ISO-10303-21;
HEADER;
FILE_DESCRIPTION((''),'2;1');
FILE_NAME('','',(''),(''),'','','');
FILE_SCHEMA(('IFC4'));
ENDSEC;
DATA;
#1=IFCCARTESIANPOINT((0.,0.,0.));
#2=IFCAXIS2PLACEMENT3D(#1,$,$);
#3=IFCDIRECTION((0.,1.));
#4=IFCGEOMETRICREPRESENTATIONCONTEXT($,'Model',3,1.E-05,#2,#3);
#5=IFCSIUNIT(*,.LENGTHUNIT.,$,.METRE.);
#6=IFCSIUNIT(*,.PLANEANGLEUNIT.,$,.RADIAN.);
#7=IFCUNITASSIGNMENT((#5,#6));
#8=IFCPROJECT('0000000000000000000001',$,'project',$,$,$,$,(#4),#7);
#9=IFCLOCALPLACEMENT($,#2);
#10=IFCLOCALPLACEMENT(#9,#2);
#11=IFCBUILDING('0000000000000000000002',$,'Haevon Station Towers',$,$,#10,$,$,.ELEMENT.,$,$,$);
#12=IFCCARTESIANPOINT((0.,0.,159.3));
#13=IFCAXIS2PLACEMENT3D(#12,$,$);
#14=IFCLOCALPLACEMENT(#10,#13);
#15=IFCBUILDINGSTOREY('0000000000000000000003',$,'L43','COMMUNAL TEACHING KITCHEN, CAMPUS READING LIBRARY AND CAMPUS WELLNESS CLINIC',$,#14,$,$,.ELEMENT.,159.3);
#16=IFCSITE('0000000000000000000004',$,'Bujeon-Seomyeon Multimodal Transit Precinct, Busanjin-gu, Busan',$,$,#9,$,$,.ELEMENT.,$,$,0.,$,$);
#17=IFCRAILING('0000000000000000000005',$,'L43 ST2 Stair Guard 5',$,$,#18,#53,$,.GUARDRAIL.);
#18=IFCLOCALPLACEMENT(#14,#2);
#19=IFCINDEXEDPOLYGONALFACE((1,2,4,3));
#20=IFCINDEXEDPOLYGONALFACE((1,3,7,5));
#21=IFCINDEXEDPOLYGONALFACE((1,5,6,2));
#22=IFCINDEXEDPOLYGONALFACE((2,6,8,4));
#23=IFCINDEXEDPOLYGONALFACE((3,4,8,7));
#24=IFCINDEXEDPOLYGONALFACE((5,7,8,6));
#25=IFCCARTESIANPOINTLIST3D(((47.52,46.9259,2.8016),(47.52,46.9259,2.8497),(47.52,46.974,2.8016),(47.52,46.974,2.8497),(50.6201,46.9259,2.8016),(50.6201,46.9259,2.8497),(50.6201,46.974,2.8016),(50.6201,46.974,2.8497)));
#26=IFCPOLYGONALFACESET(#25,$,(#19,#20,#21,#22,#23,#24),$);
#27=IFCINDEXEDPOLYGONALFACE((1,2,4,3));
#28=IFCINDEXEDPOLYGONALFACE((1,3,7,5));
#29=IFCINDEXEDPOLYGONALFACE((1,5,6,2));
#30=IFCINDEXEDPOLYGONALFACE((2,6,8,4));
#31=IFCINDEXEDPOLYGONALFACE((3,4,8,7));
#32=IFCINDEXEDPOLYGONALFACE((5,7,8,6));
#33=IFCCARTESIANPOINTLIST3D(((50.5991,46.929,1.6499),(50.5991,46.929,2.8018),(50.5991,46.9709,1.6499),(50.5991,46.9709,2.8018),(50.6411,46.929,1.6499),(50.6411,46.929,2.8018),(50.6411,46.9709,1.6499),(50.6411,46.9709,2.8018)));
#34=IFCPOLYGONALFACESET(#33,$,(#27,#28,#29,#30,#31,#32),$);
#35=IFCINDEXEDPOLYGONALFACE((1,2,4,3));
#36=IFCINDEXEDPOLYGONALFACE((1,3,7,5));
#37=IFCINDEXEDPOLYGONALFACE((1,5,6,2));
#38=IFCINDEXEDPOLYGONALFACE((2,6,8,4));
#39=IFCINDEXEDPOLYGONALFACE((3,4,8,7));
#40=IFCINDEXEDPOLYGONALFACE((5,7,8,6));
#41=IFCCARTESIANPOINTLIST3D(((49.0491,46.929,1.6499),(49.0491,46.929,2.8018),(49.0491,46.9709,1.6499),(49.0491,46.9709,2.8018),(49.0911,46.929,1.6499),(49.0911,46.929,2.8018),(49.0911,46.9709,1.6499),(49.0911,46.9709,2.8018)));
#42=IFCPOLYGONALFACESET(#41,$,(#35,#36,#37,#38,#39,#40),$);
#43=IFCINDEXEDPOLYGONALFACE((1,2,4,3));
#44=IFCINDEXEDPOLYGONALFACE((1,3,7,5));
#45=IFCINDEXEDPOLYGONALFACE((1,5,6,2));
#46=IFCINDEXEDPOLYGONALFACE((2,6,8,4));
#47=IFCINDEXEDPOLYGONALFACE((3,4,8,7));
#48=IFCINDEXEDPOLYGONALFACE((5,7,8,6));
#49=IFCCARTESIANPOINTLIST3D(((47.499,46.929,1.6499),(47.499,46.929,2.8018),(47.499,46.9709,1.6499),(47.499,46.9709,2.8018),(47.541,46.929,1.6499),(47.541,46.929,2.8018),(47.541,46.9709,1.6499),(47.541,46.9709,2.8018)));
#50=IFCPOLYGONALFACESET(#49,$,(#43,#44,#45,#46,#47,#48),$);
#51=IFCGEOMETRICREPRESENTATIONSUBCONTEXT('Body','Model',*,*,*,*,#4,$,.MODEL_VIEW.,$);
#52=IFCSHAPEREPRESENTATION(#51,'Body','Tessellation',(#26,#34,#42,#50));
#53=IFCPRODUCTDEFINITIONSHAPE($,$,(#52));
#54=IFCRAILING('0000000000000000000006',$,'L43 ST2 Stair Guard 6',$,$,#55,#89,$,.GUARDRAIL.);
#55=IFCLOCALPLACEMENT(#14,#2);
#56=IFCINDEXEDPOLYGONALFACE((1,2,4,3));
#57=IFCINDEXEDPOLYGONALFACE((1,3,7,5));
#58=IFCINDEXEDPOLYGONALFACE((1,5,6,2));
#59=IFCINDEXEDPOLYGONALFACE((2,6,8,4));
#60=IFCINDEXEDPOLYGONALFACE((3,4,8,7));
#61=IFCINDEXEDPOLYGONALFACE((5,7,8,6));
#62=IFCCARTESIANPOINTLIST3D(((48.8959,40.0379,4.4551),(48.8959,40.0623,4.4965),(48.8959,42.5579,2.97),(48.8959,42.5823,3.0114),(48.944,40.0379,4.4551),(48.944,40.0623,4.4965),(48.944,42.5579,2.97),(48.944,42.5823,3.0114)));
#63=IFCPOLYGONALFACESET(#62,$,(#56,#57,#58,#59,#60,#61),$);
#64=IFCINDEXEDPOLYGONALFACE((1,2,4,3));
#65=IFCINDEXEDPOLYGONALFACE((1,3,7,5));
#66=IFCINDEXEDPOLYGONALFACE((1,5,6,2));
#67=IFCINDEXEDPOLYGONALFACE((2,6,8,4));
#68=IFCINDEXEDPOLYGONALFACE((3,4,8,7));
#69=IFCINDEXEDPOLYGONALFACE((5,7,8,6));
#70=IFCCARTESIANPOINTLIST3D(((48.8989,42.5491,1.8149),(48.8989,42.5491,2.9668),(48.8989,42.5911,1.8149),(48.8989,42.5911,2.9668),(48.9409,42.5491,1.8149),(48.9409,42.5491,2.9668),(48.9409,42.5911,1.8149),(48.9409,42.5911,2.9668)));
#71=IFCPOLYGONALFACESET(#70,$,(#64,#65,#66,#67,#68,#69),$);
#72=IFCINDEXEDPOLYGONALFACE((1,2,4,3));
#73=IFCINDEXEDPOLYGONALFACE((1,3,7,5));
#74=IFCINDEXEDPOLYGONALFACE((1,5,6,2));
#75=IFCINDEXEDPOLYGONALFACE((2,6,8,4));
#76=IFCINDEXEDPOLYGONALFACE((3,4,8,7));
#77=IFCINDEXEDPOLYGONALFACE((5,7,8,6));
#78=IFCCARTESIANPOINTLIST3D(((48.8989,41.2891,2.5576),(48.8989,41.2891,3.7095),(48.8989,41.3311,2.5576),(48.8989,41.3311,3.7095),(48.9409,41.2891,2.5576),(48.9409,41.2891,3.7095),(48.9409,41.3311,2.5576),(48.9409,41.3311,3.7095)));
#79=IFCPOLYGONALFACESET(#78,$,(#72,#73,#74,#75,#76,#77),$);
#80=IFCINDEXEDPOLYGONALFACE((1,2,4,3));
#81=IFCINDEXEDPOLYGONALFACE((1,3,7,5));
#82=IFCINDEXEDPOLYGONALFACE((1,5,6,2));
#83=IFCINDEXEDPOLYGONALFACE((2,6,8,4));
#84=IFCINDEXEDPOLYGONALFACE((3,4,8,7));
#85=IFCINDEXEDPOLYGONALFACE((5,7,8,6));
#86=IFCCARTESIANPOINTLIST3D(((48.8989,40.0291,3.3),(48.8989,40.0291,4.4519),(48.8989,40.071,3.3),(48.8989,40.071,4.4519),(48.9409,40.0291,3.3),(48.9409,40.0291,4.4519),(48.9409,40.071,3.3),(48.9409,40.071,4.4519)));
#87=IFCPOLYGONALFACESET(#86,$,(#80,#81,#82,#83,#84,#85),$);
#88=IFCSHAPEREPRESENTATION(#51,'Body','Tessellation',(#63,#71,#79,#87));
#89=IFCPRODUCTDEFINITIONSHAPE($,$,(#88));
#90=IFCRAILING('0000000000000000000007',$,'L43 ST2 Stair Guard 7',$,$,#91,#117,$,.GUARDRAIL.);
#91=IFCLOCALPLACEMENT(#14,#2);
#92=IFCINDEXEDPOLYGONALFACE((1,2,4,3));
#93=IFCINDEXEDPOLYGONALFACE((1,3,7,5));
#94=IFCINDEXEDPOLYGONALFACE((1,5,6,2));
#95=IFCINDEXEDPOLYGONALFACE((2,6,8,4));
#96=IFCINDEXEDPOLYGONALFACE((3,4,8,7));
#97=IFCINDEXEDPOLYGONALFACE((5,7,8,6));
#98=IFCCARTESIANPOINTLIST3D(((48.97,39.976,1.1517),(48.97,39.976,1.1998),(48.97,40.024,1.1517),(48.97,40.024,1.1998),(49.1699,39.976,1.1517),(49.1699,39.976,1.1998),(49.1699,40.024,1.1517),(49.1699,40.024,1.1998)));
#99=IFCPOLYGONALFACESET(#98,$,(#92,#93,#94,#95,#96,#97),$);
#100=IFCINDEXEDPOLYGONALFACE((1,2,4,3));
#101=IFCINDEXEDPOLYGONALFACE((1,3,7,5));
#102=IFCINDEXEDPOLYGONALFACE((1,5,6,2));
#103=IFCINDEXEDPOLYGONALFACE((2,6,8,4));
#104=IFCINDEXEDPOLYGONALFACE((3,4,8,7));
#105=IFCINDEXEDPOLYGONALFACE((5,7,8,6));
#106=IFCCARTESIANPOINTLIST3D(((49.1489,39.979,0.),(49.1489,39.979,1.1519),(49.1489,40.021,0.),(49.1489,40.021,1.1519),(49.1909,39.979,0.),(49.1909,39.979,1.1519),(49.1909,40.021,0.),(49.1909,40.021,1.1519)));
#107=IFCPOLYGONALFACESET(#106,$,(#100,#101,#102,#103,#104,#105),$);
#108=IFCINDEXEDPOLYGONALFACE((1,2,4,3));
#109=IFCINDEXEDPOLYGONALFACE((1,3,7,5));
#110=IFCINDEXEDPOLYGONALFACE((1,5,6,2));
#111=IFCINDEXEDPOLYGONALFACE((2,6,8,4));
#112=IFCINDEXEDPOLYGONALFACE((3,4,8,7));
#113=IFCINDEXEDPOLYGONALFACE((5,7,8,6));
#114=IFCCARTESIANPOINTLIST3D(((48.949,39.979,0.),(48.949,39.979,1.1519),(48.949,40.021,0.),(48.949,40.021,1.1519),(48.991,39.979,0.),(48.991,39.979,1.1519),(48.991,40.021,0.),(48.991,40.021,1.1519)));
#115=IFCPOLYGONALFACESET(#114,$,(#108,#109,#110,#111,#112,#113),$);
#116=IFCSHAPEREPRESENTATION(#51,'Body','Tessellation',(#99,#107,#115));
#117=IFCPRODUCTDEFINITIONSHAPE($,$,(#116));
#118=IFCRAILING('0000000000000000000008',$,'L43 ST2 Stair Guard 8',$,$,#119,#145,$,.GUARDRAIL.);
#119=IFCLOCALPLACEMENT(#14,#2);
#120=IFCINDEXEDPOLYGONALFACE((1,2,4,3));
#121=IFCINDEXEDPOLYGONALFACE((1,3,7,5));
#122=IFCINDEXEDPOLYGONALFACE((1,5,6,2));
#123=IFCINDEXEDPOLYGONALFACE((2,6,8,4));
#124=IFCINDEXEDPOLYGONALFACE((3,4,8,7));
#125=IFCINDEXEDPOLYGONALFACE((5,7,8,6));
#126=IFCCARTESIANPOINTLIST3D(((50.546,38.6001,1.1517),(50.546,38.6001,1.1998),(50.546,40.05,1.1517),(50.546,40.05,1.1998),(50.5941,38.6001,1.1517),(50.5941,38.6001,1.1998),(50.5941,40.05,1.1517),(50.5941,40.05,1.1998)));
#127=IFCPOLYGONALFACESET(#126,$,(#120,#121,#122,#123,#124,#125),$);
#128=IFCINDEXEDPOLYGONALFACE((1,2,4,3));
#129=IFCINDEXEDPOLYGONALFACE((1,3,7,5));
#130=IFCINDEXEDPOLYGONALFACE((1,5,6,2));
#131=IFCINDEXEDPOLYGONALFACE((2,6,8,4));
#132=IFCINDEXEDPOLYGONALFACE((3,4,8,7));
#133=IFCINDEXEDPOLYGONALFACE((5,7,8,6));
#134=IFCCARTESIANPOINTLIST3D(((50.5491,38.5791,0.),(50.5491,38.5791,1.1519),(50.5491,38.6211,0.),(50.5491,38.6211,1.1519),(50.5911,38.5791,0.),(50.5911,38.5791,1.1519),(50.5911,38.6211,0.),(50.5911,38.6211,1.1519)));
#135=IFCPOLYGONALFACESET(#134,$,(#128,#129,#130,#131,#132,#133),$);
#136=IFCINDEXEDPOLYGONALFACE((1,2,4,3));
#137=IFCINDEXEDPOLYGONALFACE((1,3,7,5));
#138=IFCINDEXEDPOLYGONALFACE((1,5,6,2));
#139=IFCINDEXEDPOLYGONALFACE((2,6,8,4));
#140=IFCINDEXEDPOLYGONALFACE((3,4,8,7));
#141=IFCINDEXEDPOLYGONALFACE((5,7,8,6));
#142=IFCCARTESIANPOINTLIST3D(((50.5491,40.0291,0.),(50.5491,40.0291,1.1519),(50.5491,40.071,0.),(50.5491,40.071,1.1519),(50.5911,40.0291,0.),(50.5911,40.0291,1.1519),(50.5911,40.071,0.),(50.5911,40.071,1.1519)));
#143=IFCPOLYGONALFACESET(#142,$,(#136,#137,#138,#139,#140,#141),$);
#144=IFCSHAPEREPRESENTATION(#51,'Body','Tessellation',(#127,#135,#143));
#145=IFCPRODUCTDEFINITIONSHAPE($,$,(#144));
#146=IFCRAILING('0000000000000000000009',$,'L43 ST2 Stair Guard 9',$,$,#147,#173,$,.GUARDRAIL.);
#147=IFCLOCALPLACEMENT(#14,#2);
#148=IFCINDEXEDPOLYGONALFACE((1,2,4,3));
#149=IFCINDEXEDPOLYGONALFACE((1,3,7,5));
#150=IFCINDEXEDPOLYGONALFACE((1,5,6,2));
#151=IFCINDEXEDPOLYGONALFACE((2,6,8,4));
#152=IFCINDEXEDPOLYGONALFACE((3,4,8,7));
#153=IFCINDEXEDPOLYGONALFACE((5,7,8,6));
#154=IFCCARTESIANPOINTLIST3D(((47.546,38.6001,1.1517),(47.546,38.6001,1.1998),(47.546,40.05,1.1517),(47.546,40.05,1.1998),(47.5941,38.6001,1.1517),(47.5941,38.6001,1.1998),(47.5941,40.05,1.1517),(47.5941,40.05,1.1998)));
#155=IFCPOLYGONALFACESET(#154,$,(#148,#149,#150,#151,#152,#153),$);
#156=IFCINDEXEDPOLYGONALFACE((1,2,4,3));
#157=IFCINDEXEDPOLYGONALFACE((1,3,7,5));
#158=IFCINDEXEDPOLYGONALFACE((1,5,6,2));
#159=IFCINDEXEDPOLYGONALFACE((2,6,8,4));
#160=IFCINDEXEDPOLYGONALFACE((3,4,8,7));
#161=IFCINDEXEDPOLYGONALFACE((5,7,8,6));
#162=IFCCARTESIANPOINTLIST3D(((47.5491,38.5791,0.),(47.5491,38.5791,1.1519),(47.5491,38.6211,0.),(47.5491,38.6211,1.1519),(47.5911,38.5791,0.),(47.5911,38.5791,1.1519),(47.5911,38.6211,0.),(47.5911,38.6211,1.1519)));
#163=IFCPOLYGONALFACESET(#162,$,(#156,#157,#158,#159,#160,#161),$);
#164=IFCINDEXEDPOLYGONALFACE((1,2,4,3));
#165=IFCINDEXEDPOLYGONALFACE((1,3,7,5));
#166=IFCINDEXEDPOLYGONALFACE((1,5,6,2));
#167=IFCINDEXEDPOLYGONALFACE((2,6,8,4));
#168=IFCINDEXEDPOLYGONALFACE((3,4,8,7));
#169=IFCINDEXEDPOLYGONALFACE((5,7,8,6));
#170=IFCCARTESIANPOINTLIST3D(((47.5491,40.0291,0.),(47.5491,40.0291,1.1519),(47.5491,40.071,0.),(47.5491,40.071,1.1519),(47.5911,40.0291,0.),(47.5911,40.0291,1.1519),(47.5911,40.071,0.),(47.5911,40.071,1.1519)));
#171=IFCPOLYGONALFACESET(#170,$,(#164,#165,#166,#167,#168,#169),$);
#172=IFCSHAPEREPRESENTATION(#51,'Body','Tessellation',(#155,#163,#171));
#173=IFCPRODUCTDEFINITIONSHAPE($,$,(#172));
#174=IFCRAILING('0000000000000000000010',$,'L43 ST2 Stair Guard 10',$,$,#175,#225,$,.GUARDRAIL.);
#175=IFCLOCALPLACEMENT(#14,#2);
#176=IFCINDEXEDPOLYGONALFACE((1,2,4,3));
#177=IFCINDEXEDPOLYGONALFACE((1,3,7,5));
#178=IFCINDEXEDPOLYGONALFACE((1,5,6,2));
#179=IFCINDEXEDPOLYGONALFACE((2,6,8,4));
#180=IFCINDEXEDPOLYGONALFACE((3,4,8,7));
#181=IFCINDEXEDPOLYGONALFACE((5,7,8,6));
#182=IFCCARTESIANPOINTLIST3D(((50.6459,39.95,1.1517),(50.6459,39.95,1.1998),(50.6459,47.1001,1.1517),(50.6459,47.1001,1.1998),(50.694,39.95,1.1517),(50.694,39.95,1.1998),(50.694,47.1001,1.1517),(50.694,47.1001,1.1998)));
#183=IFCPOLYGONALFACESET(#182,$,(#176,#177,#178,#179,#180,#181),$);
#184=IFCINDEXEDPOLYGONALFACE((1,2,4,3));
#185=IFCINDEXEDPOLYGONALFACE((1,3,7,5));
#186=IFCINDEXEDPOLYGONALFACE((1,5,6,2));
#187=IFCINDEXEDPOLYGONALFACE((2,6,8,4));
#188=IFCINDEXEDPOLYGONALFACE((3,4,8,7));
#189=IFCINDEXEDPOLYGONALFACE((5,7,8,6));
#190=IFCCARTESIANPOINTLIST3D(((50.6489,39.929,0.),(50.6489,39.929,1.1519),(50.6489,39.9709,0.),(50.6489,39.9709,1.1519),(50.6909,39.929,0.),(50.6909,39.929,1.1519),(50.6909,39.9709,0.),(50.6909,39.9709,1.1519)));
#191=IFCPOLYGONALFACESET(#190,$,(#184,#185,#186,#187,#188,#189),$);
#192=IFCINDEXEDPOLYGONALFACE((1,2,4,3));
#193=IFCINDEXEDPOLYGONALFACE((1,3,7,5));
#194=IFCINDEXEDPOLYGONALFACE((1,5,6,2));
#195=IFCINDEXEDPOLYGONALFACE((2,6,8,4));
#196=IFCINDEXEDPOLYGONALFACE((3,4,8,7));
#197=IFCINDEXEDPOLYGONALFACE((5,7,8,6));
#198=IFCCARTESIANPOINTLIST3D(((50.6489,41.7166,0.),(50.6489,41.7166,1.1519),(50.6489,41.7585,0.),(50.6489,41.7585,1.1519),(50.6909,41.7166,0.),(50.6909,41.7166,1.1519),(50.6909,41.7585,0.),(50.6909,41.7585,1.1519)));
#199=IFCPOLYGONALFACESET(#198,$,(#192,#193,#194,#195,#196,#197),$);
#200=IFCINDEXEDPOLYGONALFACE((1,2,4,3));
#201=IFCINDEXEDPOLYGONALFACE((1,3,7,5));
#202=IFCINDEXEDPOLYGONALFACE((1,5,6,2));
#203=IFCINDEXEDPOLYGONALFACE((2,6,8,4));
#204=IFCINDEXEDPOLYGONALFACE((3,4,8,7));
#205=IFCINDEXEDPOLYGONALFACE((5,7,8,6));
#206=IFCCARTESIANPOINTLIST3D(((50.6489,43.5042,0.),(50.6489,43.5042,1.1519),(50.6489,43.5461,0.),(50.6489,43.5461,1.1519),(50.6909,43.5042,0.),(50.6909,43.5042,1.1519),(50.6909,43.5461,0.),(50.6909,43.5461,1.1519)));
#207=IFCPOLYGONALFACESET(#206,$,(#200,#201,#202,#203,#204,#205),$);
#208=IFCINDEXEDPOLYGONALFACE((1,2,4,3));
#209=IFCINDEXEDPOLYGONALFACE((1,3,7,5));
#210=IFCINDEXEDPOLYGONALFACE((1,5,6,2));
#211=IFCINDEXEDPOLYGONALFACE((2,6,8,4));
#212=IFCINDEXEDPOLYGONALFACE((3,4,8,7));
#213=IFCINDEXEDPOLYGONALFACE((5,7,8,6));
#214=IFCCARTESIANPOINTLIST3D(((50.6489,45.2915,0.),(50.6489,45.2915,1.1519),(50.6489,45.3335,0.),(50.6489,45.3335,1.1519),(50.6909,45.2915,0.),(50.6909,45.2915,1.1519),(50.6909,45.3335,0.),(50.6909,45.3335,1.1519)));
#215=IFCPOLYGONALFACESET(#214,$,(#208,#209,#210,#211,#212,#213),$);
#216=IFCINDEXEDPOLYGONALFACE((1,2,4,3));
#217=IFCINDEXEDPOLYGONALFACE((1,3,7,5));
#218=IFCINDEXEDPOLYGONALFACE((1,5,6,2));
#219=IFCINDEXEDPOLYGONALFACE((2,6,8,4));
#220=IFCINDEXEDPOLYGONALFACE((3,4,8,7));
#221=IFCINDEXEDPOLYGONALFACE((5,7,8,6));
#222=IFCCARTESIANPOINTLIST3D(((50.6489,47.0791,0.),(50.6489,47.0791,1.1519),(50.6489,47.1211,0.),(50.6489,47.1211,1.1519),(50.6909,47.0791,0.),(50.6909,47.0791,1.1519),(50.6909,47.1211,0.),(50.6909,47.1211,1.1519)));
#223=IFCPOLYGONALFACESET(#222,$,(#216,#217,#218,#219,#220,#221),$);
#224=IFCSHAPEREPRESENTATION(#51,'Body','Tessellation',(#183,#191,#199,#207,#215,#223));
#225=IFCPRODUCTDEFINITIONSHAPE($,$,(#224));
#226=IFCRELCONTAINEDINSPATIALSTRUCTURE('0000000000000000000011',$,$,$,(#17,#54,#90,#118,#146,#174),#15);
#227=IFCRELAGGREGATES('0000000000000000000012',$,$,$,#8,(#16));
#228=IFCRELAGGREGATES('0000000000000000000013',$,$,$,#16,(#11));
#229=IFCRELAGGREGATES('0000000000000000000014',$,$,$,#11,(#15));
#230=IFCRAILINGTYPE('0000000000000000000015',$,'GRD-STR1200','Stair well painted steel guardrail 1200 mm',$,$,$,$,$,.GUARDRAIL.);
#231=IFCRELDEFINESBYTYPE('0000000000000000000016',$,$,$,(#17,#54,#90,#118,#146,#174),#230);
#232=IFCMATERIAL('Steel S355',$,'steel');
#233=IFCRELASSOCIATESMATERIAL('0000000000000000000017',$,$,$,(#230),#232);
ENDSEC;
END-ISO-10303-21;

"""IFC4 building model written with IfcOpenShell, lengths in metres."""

from ifc_helpers import new_model, si_unit, direction, frame, origin, origin_2d, place, context, subcontext, project, spatial, rectangle, extrude, material, type_object, element, save


model = new_model("IFC4")

# Units and contexts
model_context = context("Model", 3, precision=1e-05, world=origin(), true_north=direction((0.0, 1.0)))
body_context = subcontext(model_context, "Body", "Model", "MODEL_VIEW")
ifc_project = project(units=[si_unit("LENGTHUNIT", "METRE"), si_unit("PLANEANGLEUNIT", "RADIAN")], contexts=[model_context])

# Site, building, storey
site_placement = place(None, origin())
site = spatial("IfcSite", under=ifc_project, at=site_placement, Name="Bujeon-Seomyeon Multimodal Transit Precinct, Busanjin-gu, Busan", CompositionType="ELEMENT", RefElevation=0.0)
building_placement = place(site_placement, origin())
building = spatial("IfcBuilding", under=site, at=building_placement, Name="Haevon Station Towers", CompositionType="ELEMENT")
storey_placement = place(building_placement, frame((0.0, 0.0, 159.3)))
storey = spatial("IfcBuildingStorey", under=building, at=storey_placement, Name="L43", Description="COMMUNAL TEACHING KITCHEN, CAMPUS READING LIBRARY AND CAMPUS WELLNESS CLINIC", CompositionType="ELEMENT", Elevation=159.3)

# Shared definitions
ifc_material_1 = material(Name="Steel S355", Category="steel")

# Railings
railing_type_1 = type_object("IfcRailingType", Name="GRD-STR1200", Description="Stair well painted steel guardrail 1200 mm", PredefinedType="GUARDRAIL", material=ifc_material_1)
railing_1_placement = place(storey_placement, frame((50.6201, 46.95, 1.6499)))
element("IfcRailing", 1, at=railing_1_placement, inside=storey, type_object=railing_type_1, Name="L43 ST2 Stair Guard 5", PredefinedType="GUARDRAIL", context=body_context, shape_type="SweptSolid", body=[
    extrude(rectangle(XDim=0.0481, YDim=0.0481, at=origin_2d()), frame((0.0, 0.0, 1.1758), z_axis=(-1.0, 0.0, 0.0), x_axis=(0.0, -1.0, 0.0)), (0.0, 0.0, 1.0), 3.1001),
    extrude(rectangle(XDim=0.042, YDim=0.042, at=origin_2d()), origin(), (0.0, 0.0, 1.0), 1.1519),
    extrude(rectangle(XDim=0.042, YDim=0.042, at=origin_2d()), frame((-1.55, 0.0, 0.0)), (0.0, 0.0, 1.0), 1.1519),
    extrude(rectangle(XDim=0.042, YDim=0.042, at=origin_2d()), frame((-3.1001, 0.0, 0.0)), (0.0, 0.0, 1.0), 1.1519),
])
railing_2_placement = place(storey_placement, frame((48.9199, 42.5701, 1.8149)))
element("IfcRailing", 2, at=railing_2_placement, inside=storey, type_object=railing_type_1, Name="L43 ST2 Stair Guard 6", PredefinedType="GUARDRAIL", context=body_context, shape_type="SweptSolid", body=[
    extrude(rectangle(XDim=0.0481, YDim=0.0481, at=origin_2d()), frame((0.0, 0.0, 1.1758), z_axis=(0.0, -0.861524, 0.507717), x_axis=(1.0, 0.0, 0.0)), (0.0, 0.0, 1.0), 2.925),
    extrude(rectangle(XDim=0.042, YDim=0.042, at=origin_2d()), origin(), (0.0, 0.0, 1.0), 1.1519),
    extrude(rectangle(XDim=0.042, YDim=0.042, at=origin_2d()), frame((0.0, -1.26, 0.7427)), (0.0, 0.0, 1.0), 1.1519),
    extrude(rectangle(XDim=0.042, YDim=0.042, at=origin_2d()), frame((0.0, -2.52, 1.4851)), (0.0, 0.0, 1.0), 1.1519),
])
railing_3_placement = place(storey_placement, frame((49.1699, 40.0, 0.0)))
element("IfcRailing", 3, at=railing_3_placement, inside=storey, type_object=railing_type_1, Name="L43 ST2 Stair Guard 7", PredefinedType="GUARDRAIL", context=body_context, shape_type="SweptSolid", body=[
    extrude(rectangle(XDim=0.0481, YDim=0.0481, at=origin_2d()), frame((0.0, 0.0, 1.1758), z_axis=(-1.0, 0.0, 0.0), x_axis=(0.0, -1.0, 0.0)), (0.0, 0.0, 1.0), 0.2),
    extrude(rectangle(XDim=0.042, YDim=0.042, at=origin_2d()), origin(), (0.0, 0.0, 1.0), 1.1519),
    extrude(rectangle(XDim=0.042, YDim=0.042, at=origin_2d()), frame((-0.2, 0.0, 0.0)), (0.0, 0.0, 1.0), 1.1519),
])
for number, where, name in (
    (4, (50.5701, 38.6001, 0.0), "L43 ST2 Stair Guard 8"),
    (5, (47.5701, 38.6001, 0.0), "L43 ST2 Stair Guard 9"),
):
    element("IfcRailing", number, at=place(storey_placement, frame(where)), inside=storey, type_object=railing_type_1, Name=name, PredefinedType="GUARDRAIL", context=body_context, shape_type="SweptSolid", body=[
        extrude(rectangle(XDim=0.0481, YDim=0.0481, at=origin_2d()), frame((0.0, 0.0, 1.1758), z_axis=(0.0, 1.0, 0.0), x_axis=(-1.0, 0.0, 0.0)), (0.0, 0.0, 1.0), 1.45),
        extrude(rectangle(XDim=0.042, YDim=0.042, at=origin_2d()), origin(), (0.0, 0.0, 1.0), 1.1519),
        extrude(rectangle(XDim=0.042, YDim=0.042, at=origin_2d()), frame((0.0, 1.45, 0.0)), (0.0, 0.0, 1.0), 1.1519),
    ])
for number, where, name in (
    (6, (50.6699, 39.95, 0.0), "L43 ST2 Stair Guard 10"),
):
    element("IfcRailing", number, at=place(storey_placement, frame(where)), inside=storey, type_object=railing_type_1, Name=name, PredefinedType="GUARDRAIL", context=body_context, shape_type="SweptSolid", body=[
        extrude(rectangle(XDim=0.0481, YDim=0.0481, at=origin_2d()), frame((0.0, 0.0, 1.1758), z_axis=(0.0, 1.0, 0.0), x_axis=(-1.0, 0.0, 0.0)), (0.0, 0.0, 1.0), 7.1501),
        extrude(rectangle(XDim=0.042, YDim=0.042, at=origin_2d()), origin(), (0.0, 0.0, 1.0), 1.1519),
        extrude(rectangle(XDim=0.042, YDim=0.042, at=origin_2d()), frame((0.0, 1.7876, 0.0)), (0.0, 0.0, 1.0), 1.1519),
        extrude(rectangle(XDim=0.042, YDim=0.042, at=origin_2d()), frame((0.0, 3.5752, 0.0)), (0.0, 0.0, 1.0), 1.1519),
        extrude(rectangle(XDim=0.042, YDim=0.042, at=origin_2d()), frame((0.0, 5.3625, 0.0)), (0.0, 0.0, 1.0), 1.1519),
        extrude(rectangle(XDim=0.042, YDim=0.042, at=origin_2d()), frame((0.0, 7.1501, 0.0)), (0.0, 0.0, 1.0), 1.1519),
    ])

save(model, "model.ifc")
